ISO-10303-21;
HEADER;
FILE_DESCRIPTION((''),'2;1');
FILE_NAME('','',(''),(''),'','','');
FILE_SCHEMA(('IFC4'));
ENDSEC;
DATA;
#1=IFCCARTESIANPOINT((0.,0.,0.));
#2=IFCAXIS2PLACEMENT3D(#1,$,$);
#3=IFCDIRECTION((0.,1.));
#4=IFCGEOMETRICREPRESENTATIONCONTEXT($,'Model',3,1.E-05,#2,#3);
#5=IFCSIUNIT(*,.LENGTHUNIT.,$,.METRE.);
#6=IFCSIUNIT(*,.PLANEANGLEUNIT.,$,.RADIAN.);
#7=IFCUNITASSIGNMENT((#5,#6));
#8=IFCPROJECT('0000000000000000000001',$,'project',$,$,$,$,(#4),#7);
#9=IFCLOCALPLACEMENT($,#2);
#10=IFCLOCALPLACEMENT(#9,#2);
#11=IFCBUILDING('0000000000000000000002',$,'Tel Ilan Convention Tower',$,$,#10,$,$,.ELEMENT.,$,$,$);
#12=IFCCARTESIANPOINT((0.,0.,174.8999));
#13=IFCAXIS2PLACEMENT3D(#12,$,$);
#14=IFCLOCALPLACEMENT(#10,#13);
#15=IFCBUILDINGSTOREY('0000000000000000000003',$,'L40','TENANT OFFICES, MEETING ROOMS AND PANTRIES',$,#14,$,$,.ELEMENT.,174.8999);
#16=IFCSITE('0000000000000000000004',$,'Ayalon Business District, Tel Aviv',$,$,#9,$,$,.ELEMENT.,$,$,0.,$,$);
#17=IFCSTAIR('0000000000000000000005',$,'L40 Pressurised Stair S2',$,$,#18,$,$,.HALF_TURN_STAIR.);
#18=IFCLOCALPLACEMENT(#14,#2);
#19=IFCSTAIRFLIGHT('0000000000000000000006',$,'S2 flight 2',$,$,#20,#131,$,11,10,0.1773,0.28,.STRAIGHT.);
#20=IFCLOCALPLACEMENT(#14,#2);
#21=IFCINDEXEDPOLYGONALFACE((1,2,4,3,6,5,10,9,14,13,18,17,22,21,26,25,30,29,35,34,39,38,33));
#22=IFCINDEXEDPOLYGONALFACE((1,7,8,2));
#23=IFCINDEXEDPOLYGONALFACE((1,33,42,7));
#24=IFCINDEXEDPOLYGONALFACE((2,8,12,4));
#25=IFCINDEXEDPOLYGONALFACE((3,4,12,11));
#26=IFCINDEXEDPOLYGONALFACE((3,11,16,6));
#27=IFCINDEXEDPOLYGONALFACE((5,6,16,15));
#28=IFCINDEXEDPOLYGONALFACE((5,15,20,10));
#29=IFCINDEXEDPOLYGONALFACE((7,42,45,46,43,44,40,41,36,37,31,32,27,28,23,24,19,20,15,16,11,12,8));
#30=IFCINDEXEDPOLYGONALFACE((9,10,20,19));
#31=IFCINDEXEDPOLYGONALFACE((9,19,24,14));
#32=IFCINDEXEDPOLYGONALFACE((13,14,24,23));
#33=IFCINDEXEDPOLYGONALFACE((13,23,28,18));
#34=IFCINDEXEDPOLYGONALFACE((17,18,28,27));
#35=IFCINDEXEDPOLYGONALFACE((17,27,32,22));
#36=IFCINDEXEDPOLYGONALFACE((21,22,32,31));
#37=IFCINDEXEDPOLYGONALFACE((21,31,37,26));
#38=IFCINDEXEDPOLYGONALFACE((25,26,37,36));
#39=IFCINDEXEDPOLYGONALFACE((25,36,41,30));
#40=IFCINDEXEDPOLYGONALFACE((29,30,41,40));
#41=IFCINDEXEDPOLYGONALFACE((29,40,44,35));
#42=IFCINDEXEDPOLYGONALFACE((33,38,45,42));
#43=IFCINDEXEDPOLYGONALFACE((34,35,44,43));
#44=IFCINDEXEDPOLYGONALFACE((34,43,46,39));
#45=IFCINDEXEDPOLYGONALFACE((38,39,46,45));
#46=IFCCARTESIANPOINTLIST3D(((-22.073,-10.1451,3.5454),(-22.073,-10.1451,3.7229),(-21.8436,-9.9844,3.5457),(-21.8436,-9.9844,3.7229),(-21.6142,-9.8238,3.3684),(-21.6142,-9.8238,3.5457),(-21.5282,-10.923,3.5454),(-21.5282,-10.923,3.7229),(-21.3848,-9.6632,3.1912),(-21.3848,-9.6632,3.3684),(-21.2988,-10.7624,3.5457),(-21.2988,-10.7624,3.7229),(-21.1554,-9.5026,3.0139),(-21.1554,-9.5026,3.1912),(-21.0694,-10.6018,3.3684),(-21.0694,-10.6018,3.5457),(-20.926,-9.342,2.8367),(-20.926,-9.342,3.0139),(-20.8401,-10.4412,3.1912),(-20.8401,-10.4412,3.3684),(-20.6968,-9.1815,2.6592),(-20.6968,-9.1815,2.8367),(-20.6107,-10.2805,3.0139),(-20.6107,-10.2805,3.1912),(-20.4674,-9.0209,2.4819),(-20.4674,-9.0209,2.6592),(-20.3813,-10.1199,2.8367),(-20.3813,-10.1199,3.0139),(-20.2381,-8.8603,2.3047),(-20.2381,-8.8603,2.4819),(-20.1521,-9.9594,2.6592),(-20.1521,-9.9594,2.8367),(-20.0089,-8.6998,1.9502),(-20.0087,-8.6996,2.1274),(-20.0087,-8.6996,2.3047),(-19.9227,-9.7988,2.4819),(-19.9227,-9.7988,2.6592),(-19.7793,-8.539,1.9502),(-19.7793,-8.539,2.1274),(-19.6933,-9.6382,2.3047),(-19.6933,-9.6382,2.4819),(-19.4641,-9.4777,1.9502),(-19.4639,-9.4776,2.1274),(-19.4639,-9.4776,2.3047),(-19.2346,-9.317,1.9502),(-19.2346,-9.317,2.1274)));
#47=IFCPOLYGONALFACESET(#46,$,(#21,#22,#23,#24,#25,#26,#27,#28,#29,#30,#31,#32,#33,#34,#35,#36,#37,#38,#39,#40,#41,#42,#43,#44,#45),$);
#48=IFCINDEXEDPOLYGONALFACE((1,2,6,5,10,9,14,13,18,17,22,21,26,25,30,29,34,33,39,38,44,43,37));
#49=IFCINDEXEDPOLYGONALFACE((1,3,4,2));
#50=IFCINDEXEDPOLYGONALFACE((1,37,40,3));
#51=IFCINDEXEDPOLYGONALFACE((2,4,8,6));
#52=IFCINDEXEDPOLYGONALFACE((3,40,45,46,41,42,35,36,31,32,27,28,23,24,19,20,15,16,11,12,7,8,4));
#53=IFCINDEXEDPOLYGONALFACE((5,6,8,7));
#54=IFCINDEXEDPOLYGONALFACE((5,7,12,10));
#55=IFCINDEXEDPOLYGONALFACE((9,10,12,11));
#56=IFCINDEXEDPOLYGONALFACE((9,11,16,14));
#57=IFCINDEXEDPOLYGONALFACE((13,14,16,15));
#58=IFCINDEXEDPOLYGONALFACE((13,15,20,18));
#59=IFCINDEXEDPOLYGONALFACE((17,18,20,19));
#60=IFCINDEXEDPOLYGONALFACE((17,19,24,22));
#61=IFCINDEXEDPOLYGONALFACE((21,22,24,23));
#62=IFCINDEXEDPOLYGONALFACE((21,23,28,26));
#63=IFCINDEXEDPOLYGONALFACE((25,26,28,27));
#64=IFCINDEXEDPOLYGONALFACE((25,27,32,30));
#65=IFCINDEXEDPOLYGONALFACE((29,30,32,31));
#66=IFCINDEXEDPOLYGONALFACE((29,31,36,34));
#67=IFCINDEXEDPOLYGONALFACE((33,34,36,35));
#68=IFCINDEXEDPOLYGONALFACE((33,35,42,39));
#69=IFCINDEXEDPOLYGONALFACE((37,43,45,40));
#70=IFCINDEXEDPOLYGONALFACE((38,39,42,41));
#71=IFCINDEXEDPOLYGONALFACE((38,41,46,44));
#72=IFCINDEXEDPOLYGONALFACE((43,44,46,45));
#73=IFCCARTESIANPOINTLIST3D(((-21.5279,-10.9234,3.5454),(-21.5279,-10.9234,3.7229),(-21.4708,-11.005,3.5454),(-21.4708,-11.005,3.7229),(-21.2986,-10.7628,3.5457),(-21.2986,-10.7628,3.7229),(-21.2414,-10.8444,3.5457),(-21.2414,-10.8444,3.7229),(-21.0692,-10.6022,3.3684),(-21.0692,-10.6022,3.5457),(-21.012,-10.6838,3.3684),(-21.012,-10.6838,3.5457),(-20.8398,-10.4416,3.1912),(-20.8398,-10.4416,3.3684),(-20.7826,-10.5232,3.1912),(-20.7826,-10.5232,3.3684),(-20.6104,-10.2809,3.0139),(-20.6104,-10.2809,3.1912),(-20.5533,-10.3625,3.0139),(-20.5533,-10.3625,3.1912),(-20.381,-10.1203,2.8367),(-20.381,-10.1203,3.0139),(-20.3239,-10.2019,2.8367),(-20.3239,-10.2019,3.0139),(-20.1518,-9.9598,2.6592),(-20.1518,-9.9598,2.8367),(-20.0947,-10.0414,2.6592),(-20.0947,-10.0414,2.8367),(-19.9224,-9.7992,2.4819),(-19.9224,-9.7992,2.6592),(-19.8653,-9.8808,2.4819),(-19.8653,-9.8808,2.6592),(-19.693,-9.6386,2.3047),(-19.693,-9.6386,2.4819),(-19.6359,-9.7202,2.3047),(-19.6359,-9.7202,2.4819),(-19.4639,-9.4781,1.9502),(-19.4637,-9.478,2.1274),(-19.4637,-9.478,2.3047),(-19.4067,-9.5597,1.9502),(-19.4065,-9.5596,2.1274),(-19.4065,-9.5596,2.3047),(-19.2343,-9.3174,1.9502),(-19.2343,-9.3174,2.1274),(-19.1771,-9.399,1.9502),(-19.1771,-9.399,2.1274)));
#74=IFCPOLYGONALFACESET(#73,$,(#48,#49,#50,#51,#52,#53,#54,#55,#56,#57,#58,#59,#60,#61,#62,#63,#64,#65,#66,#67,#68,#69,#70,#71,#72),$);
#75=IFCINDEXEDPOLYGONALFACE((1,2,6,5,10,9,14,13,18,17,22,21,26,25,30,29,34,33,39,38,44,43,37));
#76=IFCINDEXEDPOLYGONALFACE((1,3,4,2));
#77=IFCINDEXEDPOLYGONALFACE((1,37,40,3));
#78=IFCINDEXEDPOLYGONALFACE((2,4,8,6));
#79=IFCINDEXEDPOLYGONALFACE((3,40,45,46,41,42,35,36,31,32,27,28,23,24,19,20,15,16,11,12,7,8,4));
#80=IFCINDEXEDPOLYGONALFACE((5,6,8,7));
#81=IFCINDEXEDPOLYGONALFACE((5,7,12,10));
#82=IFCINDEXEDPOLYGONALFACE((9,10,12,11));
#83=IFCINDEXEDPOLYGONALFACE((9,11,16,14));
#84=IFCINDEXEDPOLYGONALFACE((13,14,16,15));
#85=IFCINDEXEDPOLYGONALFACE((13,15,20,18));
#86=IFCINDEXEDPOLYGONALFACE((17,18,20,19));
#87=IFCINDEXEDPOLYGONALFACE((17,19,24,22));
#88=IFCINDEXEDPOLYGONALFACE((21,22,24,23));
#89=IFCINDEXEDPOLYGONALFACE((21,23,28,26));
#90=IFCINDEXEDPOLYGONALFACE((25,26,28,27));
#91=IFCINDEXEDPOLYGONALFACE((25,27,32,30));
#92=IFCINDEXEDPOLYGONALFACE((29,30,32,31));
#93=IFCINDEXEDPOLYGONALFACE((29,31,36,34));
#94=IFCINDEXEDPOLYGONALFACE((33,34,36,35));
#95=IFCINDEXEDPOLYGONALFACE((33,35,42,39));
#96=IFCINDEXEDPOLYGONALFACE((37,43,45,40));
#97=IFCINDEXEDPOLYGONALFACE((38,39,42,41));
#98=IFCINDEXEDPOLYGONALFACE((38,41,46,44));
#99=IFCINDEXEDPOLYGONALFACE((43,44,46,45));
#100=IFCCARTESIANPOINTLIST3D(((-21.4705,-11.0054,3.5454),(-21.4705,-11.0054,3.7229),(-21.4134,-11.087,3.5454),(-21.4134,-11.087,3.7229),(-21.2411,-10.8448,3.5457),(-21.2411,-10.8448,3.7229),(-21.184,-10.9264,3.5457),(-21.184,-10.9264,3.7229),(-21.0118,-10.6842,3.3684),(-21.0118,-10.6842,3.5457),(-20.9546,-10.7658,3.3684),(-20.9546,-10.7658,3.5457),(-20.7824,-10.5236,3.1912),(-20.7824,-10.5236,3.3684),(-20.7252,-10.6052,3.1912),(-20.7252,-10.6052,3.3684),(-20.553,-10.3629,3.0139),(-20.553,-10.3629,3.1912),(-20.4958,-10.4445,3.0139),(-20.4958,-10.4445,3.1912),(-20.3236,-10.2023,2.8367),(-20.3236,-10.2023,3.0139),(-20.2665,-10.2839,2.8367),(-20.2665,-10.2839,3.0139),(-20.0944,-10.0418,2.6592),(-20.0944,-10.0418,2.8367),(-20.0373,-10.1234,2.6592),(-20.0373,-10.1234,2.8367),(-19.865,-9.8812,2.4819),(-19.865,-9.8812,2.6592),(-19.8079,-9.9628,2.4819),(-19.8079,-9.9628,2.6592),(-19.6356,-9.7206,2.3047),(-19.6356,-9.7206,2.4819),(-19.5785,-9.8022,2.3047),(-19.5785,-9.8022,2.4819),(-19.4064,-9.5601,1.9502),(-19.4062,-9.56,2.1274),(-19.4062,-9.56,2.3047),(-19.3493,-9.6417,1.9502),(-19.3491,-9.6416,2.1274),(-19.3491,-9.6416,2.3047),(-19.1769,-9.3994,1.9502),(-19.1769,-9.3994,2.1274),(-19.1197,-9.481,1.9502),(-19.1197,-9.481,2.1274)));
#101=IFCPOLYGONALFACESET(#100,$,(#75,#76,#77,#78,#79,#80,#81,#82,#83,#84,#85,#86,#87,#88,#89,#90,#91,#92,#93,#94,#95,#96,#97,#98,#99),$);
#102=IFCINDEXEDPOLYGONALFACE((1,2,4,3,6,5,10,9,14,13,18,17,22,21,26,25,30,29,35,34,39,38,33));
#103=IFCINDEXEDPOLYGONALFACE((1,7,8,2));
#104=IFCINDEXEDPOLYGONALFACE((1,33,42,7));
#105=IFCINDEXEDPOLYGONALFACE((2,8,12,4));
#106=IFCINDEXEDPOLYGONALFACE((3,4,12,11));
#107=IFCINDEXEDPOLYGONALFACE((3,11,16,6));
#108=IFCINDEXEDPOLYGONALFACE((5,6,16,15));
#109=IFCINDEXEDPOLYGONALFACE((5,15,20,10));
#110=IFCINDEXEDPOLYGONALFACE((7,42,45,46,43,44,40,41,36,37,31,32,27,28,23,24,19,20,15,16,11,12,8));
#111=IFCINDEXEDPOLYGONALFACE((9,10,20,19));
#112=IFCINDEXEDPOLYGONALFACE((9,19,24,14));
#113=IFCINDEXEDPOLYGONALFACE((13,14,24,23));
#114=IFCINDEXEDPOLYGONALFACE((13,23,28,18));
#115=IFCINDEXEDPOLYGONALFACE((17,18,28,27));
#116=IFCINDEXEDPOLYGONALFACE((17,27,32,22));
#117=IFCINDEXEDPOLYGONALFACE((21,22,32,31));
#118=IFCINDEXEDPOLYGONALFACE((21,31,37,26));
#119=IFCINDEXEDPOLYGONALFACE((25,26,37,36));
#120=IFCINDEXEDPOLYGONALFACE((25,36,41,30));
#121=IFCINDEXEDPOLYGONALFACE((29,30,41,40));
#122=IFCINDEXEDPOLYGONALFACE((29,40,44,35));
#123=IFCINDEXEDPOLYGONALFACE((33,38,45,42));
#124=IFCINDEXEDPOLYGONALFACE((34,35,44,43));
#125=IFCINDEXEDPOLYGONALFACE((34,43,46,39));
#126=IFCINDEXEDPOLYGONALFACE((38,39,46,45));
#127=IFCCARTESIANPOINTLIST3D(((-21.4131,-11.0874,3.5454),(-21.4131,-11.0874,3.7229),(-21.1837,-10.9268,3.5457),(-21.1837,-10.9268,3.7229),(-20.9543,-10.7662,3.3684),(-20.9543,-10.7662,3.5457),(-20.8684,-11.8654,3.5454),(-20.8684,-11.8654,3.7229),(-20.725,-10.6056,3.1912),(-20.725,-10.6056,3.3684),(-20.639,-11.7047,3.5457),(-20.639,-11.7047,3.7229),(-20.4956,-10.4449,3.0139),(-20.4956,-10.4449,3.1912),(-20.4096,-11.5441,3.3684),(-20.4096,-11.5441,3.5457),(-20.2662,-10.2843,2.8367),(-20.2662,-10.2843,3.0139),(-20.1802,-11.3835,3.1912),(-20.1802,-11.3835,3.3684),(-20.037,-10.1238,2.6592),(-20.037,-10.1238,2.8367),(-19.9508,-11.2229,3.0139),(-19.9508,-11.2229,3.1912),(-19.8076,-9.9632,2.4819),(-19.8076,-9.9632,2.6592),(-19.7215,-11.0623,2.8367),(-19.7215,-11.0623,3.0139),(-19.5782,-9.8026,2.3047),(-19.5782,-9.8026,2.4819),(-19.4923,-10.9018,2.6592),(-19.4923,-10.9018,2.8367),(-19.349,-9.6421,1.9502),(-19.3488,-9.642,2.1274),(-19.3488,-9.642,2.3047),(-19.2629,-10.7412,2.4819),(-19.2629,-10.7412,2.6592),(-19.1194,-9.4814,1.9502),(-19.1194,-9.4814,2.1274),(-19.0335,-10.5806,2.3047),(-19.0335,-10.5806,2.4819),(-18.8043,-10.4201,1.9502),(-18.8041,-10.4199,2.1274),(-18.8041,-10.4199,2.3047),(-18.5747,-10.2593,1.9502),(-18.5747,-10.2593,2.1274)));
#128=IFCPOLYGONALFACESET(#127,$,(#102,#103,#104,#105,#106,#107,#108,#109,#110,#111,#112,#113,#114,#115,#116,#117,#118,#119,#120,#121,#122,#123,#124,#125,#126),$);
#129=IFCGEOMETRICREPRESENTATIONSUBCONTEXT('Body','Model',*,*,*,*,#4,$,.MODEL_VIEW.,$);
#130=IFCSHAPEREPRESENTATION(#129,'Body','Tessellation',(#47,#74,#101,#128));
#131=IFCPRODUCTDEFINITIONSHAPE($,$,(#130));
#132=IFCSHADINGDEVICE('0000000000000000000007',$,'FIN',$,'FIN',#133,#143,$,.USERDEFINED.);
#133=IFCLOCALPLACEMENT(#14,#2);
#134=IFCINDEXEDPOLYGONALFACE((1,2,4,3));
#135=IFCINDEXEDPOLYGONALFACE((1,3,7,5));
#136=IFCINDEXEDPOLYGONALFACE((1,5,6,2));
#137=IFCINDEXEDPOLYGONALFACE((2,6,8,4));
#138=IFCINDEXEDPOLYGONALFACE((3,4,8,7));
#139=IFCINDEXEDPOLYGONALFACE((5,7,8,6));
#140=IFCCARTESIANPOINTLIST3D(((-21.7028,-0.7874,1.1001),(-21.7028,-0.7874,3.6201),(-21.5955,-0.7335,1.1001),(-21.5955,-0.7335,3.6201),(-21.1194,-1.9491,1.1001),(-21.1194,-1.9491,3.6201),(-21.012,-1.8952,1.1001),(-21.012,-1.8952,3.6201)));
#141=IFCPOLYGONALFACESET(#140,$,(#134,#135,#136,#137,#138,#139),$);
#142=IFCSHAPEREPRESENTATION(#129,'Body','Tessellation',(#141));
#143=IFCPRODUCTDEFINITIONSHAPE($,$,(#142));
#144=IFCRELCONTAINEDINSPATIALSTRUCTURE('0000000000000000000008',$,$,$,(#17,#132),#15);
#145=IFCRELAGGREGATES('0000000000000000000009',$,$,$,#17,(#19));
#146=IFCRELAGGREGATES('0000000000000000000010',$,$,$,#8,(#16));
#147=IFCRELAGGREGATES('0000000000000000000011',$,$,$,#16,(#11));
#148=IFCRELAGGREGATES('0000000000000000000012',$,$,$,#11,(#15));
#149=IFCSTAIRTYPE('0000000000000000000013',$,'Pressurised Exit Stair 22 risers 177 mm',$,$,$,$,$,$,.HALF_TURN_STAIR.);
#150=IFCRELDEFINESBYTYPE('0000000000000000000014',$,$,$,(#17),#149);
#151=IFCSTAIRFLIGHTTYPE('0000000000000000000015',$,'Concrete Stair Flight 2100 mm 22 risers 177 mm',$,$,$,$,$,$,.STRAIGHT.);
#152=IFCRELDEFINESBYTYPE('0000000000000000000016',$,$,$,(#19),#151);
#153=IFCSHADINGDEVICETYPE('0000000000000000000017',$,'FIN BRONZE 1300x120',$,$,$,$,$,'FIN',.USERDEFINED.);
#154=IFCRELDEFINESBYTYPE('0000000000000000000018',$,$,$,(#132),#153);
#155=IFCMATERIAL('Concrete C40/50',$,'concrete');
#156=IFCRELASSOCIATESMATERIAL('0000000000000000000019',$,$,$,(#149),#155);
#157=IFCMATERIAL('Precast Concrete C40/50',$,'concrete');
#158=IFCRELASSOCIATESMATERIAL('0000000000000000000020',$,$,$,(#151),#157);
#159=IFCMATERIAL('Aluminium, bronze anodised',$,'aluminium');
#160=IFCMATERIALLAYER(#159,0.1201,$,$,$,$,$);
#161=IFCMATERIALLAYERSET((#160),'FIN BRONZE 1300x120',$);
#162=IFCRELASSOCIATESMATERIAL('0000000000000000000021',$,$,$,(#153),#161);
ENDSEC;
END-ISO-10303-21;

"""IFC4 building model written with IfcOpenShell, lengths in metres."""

from ifc_helpers import new_model, si_unit, direction, frame, origin, origin_2d, place, context, subcontext, project, spatial, polyline, rectangle, outline, extrude, material, layer, layer_set, type_object, element, aggregate, save


model = new_model("IFC4")

# Units and contexts
model_context = context("Model", 3, precision=1e-05, world=origin(), true_north=direction((0.0, 1.0)))
body_context = subcontext(model_context, "Body", "Model", "MODEL_VIEW")
ifc_project = project(units=[si_unit("LENGTHUNIT", "METRE"), si_unit("PLANEANGLEUNIT", "RADIAN")], contexts=[model_context])

# Site, building, storey
site_placement = place(None, origin())
site = spatial("IfcSite", under=ifc_project, at=site_placement, Name="Ayalon Business District, Tel Aviv", CompositionType="ELEMENT", RefElevation=0.0)
building_placement = place(site_placement, origin())
building = spatial("IfcBuilding", under=site, at=building_placement, Name="Tel Ilan Convention Tower", CompositionType="ELEMENT")
storey_placement = place(building_placement, frame((0.0, 0.0, 174.8999)))
storey = spatial("IfcBuildingStorey", under=building, at=storey_placement, Name="L40", Description="TENANT OFFICES, MEETING ROOMS AND PANTRIES", CompositionType="ELEMENT", Elevation=174.8999)

# Stair, stair flight
ifc_material_1 = material(Name="Concrete C40/50", Category="concrete")
stair_type = type_object("IfcStairType", Name="Pressurised Exit Stair 22 risers 177 mm", PredefinedType="HALF_TURN_STAIR", material=ifc_material_1)
ifc_material_2 = material(Name="Precast Concrete C40/50", Category="concrete")
stair_flight_type = type_object("IfcStairFlightType", Name="Concrete Stair Flight 2100 mm 22 risers 177 mm", PredefinedType="STRAIGHT", material=ifc_material_2)
stair_1_placement = place(storey_placement, origin())
stair_1 = element("IfcStair", 1, at=stair_1_placement, inside=storey, type_object=stair_type, Name="L40 Pressurised Stair S2", PredefinedType="HALF_TURN_STAIR")
stair_flight_1_placement = place(storey_placement, frame((-19.177, -9.3992, 1.9502), z_axis=(0.0, 0.0, 1.0), x_axis=(-0.819152, -0.573576, 0.0)))
stair_flight_1 = element("IfcStairFlight", 2, at=stair_flight_1_placement, type_object=stair_flight_type, Name="S2 flight 2", NumberOfRisers=11, NumberOfTreads=10, PredefinedType="STRAIGHT", RiserHeight=0.1773, TreadLength=0.28, context=body_context, shape_type="SweptSolid", body=[
    extrude(outline(polyline([(0.0, 0.0), (0.0, 0.1772), (0.28, 0.1772), (0.28, 0.3545), (0.5601, 0.3545), (0.5601, 0.5317), (0.8401, 0.5317), (0.8401, 0.709), (1.1201, 0.709), (1.1201, 0.8865), (1.3999, 0.8865), (1.3999, 1.0637), (1.6799, 1.0637), (1.6799, 1.241), (1.96, 1.241), (1.96, 1.4182), (2.24, 1.4182), (2.24, 1.5955), (2.52, 1.5955), (2.52, 1.7727), (2.8, 1.7727), (2.8, 1.95), (2.8, 1.5952), (0.2803, 0.0), (0.0, 0.0)])), frame((0.0, -0.1003, 0.0), z_axis=(0.0, -1.0, 0.0), x_axis=(1.0, 0.0, 0.0)), (0.0, 0.0, 1.0), 0.9497),
    extrude(outline(polyline([(0.0, 0.0), (0.0, 0.1772), (0.28, 0.1772), (0.28, 0.3545), (0.5601, 0.3545), (0.5601, 0.5317), (0.8401, 0.5317), (0.8401, 0.709), (1.1201, 0.709), (1.1201, 0.8865), (1.3999, 0.8865), (1.3999, 1.0637), (1.6799, 1.0637), (1.6799, 1.241), (1.96, 1.241), (1.96, 1.4182), (2.24, 1.4182), (2.24, 1.5955), (2.52, 1.5955), (2.52, 1.7727), (2.8, 1.7727), (2.8, 1.95), (2.8, 1.5952), (0.2803, 0.0), (0.0, 0.0)])), frame((0.0, -0.0002, 0.0), z_axis=(0.0, -1.0, 0.0), x_axis=(1.0, 0.0, 0.0)), (0.0, 0.0, 1.0), 0.0996),
    extrude(outline(polyline([(0.0, 0.0), (0.0, 0.1772), (0.28, 0.1772), (0.28, 0.3545), (0.5601, 0.3545), (0.5601, 0.5317), (0.8401, 0.5317), (0.8401, 0.709), (1.1201, 0.709), (1.1201, 0.8865), (1.3999, 0.8865), (1.3999, 1.0637), (1.6799, 1.0637), (1.6799, 1.241), (1.96, 1.241), (1.96, 1.4182), (2.24, 1.4182), (2.24, 1.5955), (2.52, 1.5955), (2.52, 1.7727), (2.8, 1.7727), (2.8, 1.95), (2.8, 1.5952), (0.2803, 0.0), (0.0, 0.0)])), frame((0.0, 0.0999, 0.0), z_axis=(0.0, -1.0, 0.0), x_axis=(1.0, 0.0, 0.0)), (0.0, 0.0, 1.0), 0.0996),
    extrude(outline(polyline([(0.0, 0.0), (0.0, 0.1772), (0.28, 0.1772), (0.28, 0.3545), (0.5601, 0.3545), (0.5601, 0.5317), (0.8401, 0.5317), (0.8401, 0.709), (1.1201, 0.709), (1.1201, 0.8865), (1.3999, 0.8865), (1.3999, 1.0637), (1.6799, 1.0637), (1.6799, 1.241), (1.96, 1.241), (1.96, 1.4182), (2.24, 1.4182), (2.24, 1.5955), (2.52, 1.5955), (2.52, 1.7727), (2.8, 1.7727), (2.8, 1.95), (2.8, 1.5952), (0.2803, 0.0), (0.0, 0.0)])), frame((0.0, 1.05, 0.0), z_axis=(0.0, -1.0, 0.0), x_axis=(1.0, 0.0, 0.0)), (0.0, 0.0, 1.0), 0.9497),
])
aggregate(stair_1, [stair_flight_1])

# Shading device
ifc_material_3 = material(Name="Aluminium, bronze anodised", Category="aluminium")
ifc_layer_1 = layer(ifc_material_3, 0.1201)
ifc_layer_set_1 = layer_set([ifc_layer_1], Name="FIN BRONZE 1300x120")
shading_device_type = type_object("IfcShadingDeviceType", Name="FIN BRONZE 1300x120", ElementType="FIN", PredefinedType="USERDEFINED", material=ifc_layer_set_1)
shading_device_placement = place(storey_placement, frame((-21.3574, -1.3413, 1.1001), z_axis=(0.0, 0.0, 1.0), x_axis=(-0.448799, 0.893633, 0.0)))
element("IfcShadingDevice", 3, at=shading_device_placement, inside=storey, type_object=shading_device_type, Name="FIN", ObjectType="FIN", PredefinedType="USERDEFINED", context=body_context, shape_type="SweptSolid", body=[
    extrude(rectangle(XDim=1.3, YDim=0.1201, at=origin_2d()), origin(), (0.0, 0.0, 1.0), 2.52),
])

save(model, "model.ifc")
